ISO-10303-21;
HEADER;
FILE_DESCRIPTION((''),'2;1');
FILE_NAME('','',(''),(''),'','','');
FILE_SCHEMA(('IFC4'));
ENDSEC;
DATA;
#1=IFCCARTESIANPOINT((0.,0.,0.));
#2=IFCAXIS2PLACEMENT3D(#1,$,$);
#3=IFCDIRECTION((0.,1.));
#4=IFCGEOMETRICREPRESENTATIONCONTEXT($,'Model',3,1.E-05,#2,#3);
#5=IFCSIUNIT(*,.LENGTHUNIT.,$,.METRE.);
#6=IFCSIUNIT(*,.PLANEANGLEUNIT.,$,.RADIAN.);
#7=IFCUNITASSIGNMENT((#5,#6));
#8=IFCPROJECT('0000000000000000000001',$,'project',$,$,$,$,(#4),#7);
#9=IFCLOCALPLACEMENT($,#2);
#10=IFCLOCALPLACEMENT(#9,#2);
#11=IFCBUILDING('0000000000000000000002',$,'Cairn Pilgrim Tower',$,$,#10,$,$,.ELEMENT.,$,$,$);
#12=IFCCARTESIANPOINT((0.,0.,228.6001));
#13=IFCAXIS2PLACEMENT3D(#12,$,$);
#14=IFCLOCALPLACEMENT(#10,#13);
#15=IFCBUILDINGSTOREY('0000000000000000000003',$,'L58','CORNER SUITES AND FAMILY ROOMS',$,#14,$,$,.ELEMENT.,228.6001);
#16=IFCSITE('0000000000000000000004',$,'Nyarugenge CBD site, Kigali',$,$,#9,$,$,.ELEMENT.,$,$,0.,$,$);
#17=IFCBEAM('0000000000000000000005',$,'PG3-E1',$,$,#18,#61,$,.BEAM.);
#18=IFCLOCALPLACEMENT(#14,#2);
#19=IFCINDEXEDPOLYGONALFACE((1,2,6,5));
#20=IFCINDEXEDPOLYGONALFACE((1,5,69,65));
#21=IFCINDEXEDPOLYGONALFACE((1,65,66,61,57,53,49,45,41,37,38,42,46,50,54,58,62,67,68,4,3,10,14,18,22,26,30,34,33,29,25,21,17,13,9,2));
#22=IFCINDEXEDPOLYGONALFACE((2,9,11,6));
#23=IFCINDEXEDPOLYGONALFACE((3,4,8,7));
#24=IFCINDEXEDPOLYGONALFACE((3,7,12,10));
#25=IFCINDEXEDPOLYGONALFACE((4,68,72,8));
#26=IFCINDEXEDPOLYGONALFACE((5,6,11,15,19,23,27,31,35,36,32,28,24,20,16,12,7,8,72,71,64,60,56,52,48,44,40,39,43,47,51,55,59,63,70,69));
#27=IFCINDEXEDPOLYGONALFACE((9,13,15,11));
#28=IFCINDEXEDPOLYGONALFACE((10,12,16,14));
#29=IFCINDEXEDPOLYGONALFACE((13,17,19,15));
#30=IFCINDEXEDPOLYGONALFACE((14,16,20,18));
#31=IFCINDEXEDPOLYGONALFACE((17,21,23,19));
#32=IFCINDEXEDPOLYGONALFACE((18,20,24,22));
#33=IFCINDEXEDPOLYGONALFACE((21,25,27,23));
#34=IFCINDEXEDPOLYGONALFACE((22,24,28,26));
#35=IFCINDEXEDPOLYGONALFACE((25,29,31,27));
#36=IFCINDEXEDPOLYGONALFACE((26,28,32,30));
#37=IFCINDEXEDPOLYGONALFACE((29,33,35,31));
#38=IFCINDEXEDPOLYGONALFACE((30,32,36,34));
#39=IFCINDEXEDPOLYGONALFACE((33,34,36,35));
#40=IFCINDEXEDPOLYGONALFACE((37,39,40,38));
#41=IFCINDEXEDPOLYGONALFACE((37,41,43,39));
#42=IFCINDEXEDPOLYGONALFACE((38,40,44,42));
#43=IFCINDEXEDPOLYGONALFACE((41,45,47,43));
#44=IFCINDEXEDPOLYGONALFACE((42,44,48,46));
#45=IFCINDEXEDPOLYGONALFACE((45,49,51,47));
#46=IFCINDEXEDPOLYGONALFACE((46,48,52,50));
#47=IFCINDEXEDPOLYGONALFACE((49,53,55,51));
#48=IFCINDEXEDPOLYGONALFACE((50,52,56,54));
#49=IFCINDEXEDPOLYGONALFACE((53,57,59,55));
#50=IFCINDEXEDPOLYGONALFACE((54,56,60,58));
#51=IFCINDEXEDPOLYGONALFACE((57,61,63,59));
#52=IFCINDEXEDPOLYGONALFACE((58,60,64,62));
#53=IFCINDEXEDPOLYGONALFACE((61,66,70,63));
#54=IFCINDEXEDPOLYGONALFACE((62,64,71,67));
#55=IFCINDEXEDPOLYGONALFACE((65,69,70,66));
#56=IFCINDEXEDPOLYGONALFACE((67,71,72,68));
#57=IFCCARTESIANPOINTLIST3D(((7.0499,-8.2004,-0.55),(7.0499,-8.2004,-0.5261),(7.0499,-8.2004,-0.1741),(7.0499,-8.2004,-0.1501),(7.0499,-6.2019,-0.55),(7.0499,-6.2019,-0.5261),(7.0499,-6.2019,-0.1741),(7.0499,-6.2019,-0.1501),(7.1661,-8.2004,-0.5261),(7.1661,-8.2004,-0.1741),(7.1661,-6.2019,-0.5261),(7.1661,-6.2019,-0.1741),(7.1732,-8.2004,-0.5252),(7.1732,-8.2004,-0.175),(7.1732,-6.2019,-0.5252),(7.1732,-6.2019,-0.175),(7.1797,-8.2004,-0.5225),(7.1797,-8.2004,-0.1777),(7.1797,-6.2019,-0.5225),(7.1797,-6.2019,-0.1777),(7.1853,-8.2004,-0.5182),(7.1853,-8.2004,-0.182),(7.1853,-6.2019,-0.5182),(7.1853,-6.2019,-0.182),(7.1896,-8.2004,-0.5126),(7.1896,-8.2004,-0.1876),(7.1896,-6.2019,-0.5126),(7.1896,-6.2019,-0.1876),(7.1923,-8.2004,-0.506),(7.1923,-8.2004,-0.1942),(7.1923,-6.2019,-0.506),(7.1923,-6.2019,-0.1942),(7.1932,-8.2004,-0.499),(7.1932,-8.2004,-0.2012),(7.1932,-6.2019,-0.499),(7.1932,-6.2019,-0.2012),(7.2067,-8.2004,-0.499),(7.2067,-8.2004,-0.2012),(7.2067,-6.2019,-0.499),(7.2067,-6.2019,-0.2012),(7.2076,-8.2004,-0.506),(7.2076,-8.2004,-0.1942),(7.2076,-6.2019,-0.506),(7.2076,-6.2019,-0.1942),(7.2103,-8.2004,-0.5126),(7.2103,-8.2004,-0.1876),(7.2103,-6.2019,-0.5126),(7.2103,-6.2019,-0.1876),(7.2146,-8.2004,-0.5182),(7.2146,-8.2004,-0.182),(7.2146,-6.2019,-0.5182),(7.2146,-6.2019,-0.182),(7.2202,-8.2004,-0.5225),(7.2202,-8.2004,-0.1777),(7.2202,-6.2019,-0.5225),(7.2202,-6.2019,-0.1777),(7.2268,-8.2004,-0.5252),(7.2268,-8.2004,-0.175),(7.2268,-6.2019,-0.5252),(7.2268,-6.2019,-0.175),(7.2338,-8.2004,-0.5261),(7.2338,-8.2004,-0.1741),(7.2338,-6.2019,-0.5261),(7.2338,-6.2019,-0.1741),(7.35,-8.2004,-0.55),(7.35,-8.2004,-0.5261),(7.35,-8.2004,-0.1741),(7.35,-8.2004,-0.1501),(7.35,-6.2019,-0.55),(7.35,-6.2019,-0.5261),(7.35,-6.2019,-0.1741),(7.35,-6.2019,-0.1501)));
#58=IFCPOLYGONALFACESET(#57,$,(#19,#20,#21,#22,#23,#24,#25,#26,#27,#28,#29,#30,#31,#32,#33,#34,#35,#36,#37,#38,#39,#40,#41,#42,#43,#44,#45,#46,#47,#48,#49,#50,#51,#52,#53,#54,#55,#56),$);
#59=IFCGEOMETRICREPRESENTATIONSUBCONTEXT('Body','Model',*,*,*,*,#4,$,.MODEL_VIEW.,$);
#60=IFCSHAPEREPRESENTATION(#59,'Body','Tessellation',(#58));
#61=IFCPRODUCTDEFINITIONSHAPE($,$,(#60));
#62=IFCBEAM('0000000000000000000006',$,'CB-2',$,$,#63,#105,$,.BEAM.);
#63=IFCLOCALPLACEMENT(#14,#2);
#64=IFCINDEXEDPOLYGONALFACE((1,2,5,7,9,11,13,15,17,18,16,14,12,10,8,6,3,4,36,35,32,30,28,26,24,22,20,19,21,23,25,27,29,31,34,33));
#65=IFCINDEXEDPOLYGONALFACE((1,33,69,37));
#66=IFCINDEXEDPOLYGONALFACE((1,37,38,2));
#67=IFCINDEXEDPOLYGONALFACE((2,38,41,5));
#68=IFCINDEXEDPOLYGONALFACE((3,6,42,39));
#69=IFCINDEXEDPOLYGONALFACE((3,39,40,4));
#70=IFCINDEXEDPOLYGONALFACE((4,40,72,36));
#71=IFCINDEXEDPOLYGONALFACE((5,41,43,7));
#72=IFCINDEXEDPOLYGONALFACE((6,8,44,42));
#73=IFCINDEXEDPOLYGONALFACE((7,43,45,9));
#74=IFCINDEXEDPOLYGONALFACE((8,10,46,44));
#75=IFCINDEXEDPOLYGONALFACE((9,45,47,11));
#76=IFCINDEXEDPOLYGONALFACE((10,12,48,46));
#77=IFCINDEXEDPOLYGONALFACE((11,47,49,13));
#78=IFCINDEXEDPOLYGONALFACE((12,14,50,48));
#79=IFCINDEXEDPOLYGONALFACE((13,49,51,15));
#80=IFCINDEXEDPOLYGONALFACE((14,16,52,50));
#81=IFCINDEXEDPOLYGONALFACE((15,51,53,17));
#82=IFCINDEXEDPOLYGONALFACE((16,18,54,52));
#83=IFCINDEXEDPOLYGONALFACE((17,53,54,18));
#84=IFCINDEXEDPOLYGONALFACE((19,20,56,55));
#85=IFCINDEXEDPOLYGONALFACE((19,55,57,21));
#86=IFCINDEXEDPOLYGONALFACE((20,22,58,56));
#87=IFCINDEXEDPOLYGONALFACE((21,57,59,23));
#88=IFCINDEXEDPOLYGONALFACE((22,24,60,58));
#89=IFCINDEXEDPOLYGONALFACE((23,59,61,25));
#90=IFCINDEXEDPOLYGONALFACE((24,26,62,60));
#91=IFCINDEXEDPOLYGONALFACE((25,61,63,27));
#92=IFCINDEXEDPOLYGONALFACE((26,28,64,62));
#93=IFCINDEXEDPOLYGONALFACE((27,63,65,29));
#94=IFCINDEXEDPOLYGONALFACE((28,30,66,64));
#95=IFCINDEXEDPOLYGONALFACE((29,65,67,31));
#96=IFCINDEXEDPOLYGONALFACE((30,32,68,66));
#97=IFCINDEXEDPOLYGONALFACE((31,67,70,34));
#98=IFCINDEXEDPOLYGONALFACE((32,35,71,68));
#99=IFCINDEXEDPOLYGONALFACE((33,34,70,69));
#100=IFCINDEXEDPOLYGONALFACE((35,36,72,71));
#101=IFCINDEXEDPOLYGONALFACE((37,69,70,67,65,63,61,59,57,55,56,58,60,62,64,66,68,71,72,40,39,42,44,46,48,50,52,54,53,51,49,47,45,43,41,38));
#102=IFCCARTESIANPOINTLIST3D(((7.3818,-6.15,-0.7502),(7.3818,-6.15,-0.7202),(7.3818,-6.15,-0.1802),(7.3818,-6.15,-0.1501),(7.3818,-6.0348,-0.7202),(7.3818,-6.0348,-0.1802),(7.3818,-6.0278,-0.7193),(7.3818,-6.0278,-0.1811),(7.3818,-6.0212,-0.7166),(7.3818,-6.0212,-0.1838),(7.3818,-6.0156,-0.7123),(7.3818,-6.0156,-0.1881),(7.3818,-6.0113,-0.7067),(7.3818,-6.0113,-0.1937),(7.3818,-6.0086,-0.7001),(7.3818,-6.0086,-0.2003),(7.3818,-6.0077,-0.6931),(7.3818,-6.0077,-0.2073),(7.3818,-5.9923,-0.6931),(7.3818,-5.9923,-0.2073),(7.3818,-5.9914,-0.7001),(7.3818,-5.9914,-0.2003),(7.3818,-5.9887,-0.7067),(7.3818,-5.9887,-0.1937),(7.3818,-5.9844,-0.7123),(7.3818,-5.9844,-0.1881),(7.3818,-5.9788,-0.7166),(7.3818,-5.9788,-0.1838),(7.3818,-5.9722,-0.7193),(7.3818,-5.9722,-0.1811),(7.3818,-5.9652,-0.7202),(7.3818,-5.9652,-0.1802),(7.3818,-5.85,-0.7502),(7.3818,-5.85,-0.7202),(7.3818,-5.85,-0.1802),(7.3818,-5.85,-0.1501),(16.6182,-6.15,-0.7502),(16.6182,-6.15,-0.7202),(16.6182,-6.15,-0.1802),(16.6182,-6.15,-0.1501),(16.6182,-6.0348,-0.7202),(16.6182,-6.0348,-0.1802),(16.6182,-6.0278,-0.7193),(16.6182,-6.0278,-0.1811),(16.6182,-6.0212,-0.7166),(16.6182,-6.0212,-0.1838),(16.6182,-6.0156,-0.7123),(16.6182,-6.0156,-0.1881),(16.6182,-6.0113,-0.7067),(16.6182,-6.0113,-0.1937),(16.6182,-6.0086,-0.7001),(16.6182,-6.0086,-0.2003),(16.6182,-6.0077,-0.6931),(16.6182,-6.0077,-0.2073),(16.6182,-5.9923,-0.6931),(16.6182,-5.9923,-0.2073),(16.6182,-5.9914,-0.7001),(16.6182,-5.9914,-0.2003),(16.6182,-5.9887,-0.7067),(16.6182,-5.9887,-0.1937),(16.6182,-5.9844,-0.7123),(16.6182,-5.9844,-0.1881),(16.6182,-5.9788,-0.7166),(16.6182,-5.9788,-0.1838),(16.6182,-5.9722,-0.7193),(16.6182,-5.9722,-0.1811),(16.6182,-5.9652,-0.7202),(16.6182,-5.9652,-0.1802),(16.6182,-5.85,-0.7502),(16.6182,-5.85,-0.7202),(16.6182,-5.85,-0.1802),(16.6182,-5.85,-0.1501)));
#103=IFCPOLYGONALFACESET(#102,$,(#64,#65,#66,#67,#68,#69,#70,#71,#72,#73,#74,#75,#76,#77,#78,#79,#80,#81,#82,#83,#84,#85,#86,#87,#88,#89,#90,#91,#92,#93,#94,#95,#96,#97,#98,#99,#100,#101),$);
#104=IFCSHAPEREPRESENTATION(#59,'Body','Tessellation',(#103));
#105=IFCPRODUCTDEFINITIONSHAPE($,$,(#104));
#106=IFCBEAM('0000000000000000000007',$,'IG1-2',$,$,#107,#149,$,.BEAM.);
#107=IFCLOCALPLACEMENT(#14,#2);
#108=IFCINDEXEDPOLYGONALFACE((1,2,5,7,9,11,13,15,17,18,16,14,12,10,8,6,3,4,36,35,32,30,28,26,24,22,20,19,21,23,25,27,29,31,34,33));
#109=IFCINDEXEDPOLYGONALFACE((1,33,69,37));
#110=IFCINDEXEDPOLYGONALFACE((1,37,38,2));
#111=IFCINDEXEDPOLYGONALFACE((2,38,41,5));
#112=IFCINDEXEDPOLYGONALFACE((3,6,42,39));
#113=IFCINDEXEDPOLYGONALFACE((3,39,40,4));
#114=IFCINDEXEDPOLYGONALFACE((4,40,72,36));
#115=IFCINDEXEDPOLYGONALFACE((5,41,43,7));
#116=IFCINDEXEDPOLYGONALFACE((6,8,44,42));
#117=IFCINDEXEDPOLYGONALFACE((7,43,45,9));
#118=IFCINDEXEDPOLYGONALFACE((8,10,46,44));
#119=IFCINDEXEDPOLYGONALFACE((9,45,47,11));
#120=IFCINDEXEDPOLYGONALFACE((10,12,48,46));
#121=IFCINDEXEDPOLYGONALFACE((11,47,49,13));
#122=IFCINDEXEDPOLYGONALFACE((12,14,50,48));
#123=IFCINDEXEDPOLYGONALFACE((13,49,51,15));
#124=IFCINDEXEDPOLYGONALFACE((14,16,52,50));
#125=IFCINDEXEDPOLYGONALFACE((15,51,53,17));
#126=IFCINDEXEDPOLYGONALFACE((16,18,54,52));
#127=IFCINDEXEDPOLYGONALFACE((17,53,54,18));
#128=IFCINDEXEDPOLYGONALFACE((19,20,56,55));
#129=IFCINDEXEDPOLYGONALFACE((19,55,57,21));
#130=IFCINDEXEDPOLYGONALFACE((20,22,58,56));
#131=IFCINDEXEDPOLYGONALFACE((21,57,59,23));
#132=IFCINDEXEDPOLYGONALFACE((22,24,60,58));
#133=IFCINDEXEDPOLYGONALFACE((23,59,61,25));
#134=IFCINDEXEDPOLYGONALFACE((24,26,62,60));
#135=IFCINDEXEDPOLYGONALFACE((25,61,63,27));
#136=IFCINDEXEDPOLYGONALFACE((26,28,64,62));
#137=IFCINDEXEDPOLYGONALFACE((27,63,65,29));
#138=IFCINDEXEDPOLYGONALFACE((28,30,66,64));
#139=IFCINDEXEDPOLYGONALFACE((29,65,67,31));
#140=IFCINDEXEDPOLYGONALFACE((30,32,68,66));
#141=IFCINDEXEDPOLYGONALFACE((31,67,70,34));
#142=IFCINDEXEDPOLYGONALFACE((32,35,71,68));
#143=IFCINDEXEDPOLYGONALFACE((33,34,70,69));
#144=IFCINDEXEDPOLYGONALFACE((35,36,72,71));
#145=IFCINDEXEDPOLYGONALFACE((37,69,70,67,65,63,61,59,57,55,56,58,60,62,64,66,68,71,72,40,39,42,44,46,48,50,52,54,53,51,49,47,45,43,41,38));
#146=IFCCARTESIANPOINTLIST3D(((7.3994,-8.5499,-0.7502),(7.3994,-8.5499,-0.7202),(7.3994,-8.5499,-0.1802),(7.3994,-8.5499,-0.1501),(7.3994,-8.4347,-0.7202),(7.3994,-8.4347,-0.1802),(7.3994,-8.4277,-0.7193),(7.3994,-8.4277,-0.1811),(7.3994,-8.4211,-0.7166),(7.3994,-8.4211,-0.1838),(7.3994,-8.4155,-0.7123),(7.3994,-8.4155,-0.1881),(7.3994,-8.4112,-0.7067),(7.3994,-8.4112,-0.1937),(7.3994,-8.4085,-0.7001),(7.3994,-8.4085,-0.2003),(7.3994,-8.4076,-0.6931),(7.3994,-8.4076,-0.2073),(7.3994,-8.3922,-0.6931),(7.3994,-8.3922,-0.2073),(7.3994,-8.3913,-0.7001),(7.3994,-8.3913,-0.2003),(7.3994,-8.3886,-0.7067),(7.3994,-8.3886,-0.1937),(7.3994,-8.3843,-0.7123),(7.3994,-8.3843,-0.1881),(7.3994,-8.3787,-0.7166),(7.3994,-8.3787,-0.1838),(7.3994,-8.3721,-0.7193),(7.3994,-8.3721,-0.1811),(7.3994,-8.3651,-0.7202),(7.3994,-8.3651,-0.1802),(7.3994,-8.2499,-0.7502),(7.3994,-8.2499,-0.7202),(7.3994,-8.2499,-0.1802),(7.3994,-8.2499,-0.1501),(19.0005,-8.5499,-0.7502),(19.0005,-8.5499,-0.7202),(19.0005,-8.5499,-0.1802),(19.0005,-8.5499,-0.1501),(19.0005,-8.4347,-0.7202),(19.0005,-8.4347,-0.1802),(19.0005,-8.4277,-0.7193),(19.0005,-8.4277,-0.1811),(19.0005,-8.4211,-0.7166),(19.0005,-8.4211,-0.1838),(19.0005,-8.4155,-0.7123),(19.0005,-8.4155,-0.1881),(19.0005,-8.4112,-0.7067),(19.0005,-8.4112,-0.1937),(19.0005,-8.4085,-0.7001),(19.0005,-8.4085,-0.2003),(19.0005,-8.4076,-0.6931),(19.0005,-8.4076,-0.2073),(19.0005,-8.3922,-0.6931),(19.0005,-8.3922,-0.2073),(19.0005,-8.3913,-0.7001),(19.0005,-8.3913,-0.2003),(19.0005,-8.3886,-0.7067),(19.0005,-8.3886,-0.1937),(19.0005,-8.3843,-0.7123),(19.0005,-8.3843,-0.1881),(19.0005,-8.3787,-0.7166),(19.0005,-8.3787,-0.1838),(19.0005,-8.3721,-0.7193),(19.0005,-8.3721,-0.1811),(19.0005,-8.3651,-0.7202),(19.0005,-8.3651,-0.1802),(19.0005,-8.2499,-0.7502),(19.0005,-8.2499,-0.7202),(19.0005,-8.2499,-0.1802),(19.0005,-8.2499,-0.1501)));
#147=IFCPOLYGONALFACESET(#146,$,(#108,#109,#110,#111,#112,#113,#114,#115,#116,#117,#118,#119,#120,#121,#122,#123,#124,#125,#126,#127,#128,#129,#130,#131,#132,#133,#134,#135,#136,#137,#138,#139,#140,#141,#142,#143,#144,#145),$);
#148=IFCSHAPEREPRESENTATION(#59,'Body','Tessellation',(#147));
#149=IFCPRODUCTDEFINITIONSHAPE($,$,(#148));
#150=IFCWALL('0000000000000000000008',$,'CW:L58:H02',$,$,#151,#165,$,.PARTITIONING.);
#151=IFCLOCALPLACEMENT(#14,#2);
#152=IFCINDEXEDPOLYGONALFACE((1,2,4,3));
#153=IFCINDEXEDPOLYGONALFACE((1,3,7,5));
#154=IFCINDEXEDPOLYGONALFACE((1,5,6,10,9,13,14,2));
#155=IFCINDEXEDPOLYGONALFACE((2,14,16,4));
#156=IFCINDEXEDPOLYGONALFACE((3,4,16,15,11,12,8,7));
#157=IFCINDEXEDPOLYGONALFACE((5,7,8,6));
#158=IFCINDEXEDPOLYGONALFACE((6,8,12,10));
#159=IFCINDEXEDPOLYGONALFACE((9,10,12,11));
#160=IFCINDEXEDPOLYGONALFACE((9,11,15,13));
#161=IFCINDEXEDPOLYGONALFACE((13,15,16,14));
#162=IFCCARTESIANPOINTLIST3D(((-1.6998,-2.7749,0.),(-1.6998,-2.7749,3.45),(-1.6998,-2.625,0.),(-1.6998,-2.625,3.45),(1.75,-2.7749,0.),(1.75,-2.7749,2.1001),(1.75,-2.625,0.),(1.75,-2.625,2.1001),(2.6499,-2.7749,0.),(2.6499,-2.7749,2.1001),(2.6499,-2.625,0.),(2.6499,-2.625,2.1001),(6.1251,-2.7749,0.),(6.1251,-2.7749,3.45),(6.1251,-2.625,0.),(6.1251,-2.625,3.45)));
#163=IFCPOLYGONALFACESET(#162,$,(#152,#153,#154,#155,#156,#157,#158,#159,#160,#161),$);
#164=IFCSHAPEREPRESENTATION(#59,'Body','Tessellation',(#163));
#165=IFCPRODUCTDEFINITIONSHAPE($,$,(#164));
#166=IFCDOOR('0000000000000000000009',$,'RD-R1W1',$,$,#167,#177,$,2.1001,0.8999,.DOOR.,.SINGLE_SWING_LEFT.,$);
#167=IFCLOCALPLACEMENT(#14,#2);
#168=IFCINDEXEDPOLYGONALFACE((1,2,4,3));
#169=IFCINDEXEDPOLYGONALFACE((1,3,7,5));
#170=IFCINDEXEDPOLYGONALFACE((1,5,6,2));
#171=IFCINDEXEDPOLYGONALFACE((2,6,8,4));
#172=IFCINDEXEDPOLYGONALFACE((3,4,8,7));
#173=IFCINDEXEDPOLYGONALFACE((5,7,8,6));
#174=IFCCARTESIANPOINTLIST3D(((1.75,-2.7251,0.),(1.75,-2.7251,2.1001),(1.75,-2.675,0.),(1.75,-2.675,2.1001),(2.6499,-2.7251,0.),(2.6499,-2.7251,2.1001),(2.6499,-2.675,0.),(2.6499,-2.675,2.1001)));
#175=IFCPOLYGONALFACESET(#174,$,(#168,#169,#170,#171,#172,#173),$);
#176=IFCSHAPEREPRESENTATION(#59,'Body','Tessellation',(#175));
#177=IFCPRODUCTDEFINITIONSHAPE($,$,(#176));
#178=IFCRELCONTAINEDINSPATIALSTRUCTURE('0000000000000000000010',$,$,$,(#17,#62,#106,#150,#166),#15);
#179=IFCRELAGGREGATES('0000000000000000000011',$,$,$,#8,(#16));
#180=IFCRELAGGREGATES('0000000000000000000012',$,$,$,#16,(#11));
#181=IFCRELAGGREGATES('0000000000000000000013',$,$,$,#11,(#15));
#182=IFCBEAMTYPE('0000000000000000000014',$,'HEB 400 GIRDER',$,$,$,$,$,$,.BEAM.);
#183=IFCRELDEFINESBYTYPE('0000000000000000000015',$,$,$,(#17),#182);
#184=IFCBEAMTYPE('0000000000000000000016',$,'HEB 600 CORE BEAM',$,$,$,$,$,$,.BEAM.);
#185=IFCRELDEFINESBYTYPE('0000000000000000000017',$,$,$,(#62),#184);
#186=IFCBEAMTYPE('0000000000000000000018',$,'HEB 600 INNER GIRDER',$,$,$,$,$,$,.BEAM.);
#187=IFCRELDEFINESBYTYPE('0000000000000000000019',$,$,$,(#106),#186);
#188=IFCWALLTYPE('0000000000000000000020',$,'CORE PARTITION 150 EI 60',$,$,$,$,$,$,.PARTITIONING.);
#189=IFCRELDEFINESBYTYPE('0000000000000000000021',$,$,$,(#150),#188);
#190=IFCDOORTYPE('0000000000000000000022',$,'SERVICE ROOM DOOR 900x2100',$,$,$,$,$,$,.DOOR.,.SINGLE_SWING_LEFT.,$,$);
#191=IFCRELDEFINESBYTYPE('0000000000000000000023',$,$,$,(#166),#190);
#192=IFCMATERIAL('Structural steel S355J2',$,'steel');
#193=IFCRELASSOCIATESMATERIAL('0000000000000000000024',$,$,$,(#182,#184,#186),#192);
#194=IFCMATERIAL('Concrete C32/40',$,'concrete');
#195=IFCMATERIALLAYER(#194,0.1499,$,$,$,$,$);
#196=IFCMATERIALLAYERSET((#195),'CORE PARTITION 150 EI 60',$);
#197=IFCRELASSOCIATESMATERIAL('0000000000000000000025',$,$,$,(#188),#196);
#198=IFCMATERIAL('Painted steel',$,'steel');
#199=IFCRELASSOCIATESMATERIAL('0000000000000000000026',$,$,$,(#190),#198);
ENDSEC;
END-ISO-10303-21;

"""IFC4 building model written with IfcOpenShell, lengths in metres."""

from ifc_helpers import new_model, si_unit, direction, frame, frame_2d, origin, origin_2d, place, context, subcontext, project, spatial, rectangle, i_section, extrude, material, layer, layer_set, material_profile, profile_set, type_object, element, fill, save


model = new_model("IFC4")

# Units and contexts
model_context = context("Model", 3, precision=1e-05, world=origin(), true_north=direction((0.0, 1.0)))
body_context = subcontext(model_context, "Body", "Model", "MODEL_VIEW")
ifc_project = project(units=[si_unit("LENGTHUNIT", "METRE"), si_unit("PLANEANGLEUNIT", "RADIAN")], contexts=[model_context])

# Site, building, storey
site_placement = place(None, origin())
site = spatial("IfcSite", under=ifc_project, at=site_placement, Name="Nyarugenge CBD site, Kigali", CompositionType="ELEMENT", RefElevation=0.0)
building_placement = place(site_placement, origin())
building = spatial("IfcBuilding", under=site, at=building_placement, Name="Cairn Pilgrim Tower", CompositionType="ELEMENT")
storey_placement = place(building_placement, frame((0.0, 0.0, 228.6001)))
storey = spatial("IfcBuildingStorey", under=building, at=storey_placement, Name="L58", Description="CORNER SUITES AND FAMILY ROOMS", CompositionType="ELEMENT", Elevation=228.6001)

# Shared definitions
ifc_material_1 = material(Name="Structural steel S355J2", Category="steel")

# Beams
ifc_material_profile_1 = material_profile(ifc_material_1, i_section(OverallWidth=0.3, OverallDepth=0.3999, WebThickness=0.0134, FlangeThickness=0.0239, FilletRadius=0.0271, at=origin_2d()), Name="HEB 400")
ifc_profile_set_1 = profile_set([ifc_material_profile_1], Name="Structural steel S355J2")
beam_type_1 = type_object("IfcBeamType", Name="HEB 400 GIRDER", PredefinedType="BEAM", material=ifc_profile_set_1)
beam_1_placement = place(storey_placement, frame((7.2, -8.2004, -0.3501), z_axis=(0.0, 1.0, 0.0), x_axis=(-1.0, 0.0, 0.0)))
element("IfcBeam", 1, at=beam_1_placement, inside=storey, type_object=beam_type_1, Name="PG3-E1", PredefinedType="BEAM", context=body_context, shape_type="SweptSolid", body=[
    extrude(i_section(OverallWidth=0.3, OverallDepth=0.3999, WebThickness=0.0134, FlangeThickness=0.0239, FilletRadius=0.0271, at=origin_2d()), origin(), (0.0, 0.0, 1.0), 1.9985),
])
ifc_material_profile_2 = material_profile(ifc_material_1, i_section(OverallWidth=0.3, OverallDepth=0.6001, WebThickness=0.0154, FlangeThickness=0.03, FilletRadius=0.0271, at=origin_2d()), Name="HEB 600")
ifc_profile_set_2 = profile_set([ifc_material_profile_2], Name="Structural steel S355J2")
beam_type_2 = type_object("IfcBeamType", Name="HEB 600 CORE BEAM", PredefinedType="BEAM", material=ifc_profile_set_2)
beam_2_placement = place(storey_placement, frame((7.3818, -6.0, -0.4502), z_axis=(1.0, 0.0, 0.0), x_axis=(0.0, 1.0, 0.0)))
element("IfcBeam", 2, at=beam_2_placement, inside=storey, type_object=beam_type_2, Name="CB-2", PredefinedType="BEAM", context=body_context, shape_type="SweptSolid", body=[
    extrude(i_section(OverallWidth=0.3, OverallDepth=0.6001, WebThickness=0.0154, FlangeThickness=0.03, FilletRadius=0.0271, at=origin_2d()), origin(), (0.0, 0.0, 1.0), 9.2363),
])
ifc_material_profile_3 = material_profile(ifc_material_1, i_section(OverallWidth=0.3, OverallDepth=0.6001, WebThickness=0.0154, FlangeThickness=0.03, FilletRadius=0.0271, at=origin_2d()), Name="HEB 600")
ifc_profile_set_3 = profile_set([ifc_material_profile_3], Name="Structural steel S355J2")
beam_type_3 = type_object("IfcBeamType", Name="HEB 600 INNER GIRDER", PredefinedType="BEAM", material=ifc_profile_set_3)
beam_3_placement = place(storey_placement, frame((7.3994, -8.3999, -0.4502), z_axis=(1.0, 0.0, 0.0), x_axis=(0.0, 1.0, 0.0)))
element("IfcBeam", 3, at=beam_3_placement, inside=storey, type_object=beam_type_3, Name="IG1-2", PredefinedType="BEAM", context=body_context, shape_type="SweptSolid", body=[
    extrude(i_section(OverallWidth=0.3, OverallDepth=0.6001, WebThickness=0.0154, FlangeThickness=0.03, FilletRadius=0.0271, at=origin_2d()), origin(), (0.0, 0.0, 1.0), 11.6011),
])

# Wall, opening, door
ifc_material_2 = material(Name="Concrete C32/40", Category="concrete")
ifc_layer_1 = layer(ifc_material_2, 0.1499)
ifc_layer_set_1 = layer_set([ifc_layer_1], Name="CORE PARTITION 150 EI 60")
wall_type_1 = type_object("IfcWallType", Name="CORE PARTITION 150 EI 60", PredefinedType="PARTITIONING", material=ifc_layer_set_1)
wall_1_placement = place(storey_placement, frame((-1.7, -2.7, 0.0), z_axis=(0.0, 0.0, 1.0), x_axis=(1.0, 0.0, 0.0)))
wall_1 = element("IfcWall", 4, at=wall_1_placement, inside=storey, type_object=wall_type_1, Name="CW:L58:H02", PredefinedType="PARTITIONING", context=body_context, shape_type="SweptSolid", body=[
    extrude(rectangle(XDim=7.825, YDim=0.1499, at=frame_2d((3.9126, 0.0))), origin(), (0.0, 0.0, 1.0), 3.45),
])
opening_1_placement = place(wall_1_placement, frame((3.45, 0.0, 0.0)))
opening_1 = element("IfcOpeningElement", 5, at=opening_1_placement, cuts=wall_1, PredefinedType="OPENING", context=body_context, shape_type="SweptSolid", body=[
    extrude(rectangle(XDim=0.8999, YDim=2.1001, at=frame_2d((0.45, 1.05))), frame((0.0, 0.085, 0.0), z_axis=(0.0, -1.0, 0.0), x_axis=(1.0, 0.0, 0.0)), (0.0, 0.0, 1.0), 0.1699),
])
ifc_material_3 = material(Name="Painted steel", Category="steel")
door_type_1 = type_object("IfcDoorType", Name="SERVICE ROOM DOOR 900x2100", OperationType="SINGLE_SWING_LEFT", PredefinedType="DOOR", material=ifc_material_3)
door_1_placement = place(opening_1_placement, origin())
door_1 = element("IfcDoor", 6, at=door_1_placement, inside=storey, type_object=door_type_1, Name="RD-R1W1", OperationType="SINGLE_SWING_LEFT", OverallHeight=2.1001, OverallWidth=0.8999, PredefinedType="DOOR", context=body_context, shape_type="SweptSolid", body=[
    extrude(rectangle(XDim=0.8999, YDim=2.1001, at=frame_2d((0.45, 1.05))), frame((0.0, 0.0249, 0.0), z_axis=(0.0, -1.0, 0.0), x_axis=(1.0, 0.0, 0.0)), (0.0, 0.0, 1.0), 0.05),
])
fill(opening_1, door_1)

save(model, "model.ifc")
